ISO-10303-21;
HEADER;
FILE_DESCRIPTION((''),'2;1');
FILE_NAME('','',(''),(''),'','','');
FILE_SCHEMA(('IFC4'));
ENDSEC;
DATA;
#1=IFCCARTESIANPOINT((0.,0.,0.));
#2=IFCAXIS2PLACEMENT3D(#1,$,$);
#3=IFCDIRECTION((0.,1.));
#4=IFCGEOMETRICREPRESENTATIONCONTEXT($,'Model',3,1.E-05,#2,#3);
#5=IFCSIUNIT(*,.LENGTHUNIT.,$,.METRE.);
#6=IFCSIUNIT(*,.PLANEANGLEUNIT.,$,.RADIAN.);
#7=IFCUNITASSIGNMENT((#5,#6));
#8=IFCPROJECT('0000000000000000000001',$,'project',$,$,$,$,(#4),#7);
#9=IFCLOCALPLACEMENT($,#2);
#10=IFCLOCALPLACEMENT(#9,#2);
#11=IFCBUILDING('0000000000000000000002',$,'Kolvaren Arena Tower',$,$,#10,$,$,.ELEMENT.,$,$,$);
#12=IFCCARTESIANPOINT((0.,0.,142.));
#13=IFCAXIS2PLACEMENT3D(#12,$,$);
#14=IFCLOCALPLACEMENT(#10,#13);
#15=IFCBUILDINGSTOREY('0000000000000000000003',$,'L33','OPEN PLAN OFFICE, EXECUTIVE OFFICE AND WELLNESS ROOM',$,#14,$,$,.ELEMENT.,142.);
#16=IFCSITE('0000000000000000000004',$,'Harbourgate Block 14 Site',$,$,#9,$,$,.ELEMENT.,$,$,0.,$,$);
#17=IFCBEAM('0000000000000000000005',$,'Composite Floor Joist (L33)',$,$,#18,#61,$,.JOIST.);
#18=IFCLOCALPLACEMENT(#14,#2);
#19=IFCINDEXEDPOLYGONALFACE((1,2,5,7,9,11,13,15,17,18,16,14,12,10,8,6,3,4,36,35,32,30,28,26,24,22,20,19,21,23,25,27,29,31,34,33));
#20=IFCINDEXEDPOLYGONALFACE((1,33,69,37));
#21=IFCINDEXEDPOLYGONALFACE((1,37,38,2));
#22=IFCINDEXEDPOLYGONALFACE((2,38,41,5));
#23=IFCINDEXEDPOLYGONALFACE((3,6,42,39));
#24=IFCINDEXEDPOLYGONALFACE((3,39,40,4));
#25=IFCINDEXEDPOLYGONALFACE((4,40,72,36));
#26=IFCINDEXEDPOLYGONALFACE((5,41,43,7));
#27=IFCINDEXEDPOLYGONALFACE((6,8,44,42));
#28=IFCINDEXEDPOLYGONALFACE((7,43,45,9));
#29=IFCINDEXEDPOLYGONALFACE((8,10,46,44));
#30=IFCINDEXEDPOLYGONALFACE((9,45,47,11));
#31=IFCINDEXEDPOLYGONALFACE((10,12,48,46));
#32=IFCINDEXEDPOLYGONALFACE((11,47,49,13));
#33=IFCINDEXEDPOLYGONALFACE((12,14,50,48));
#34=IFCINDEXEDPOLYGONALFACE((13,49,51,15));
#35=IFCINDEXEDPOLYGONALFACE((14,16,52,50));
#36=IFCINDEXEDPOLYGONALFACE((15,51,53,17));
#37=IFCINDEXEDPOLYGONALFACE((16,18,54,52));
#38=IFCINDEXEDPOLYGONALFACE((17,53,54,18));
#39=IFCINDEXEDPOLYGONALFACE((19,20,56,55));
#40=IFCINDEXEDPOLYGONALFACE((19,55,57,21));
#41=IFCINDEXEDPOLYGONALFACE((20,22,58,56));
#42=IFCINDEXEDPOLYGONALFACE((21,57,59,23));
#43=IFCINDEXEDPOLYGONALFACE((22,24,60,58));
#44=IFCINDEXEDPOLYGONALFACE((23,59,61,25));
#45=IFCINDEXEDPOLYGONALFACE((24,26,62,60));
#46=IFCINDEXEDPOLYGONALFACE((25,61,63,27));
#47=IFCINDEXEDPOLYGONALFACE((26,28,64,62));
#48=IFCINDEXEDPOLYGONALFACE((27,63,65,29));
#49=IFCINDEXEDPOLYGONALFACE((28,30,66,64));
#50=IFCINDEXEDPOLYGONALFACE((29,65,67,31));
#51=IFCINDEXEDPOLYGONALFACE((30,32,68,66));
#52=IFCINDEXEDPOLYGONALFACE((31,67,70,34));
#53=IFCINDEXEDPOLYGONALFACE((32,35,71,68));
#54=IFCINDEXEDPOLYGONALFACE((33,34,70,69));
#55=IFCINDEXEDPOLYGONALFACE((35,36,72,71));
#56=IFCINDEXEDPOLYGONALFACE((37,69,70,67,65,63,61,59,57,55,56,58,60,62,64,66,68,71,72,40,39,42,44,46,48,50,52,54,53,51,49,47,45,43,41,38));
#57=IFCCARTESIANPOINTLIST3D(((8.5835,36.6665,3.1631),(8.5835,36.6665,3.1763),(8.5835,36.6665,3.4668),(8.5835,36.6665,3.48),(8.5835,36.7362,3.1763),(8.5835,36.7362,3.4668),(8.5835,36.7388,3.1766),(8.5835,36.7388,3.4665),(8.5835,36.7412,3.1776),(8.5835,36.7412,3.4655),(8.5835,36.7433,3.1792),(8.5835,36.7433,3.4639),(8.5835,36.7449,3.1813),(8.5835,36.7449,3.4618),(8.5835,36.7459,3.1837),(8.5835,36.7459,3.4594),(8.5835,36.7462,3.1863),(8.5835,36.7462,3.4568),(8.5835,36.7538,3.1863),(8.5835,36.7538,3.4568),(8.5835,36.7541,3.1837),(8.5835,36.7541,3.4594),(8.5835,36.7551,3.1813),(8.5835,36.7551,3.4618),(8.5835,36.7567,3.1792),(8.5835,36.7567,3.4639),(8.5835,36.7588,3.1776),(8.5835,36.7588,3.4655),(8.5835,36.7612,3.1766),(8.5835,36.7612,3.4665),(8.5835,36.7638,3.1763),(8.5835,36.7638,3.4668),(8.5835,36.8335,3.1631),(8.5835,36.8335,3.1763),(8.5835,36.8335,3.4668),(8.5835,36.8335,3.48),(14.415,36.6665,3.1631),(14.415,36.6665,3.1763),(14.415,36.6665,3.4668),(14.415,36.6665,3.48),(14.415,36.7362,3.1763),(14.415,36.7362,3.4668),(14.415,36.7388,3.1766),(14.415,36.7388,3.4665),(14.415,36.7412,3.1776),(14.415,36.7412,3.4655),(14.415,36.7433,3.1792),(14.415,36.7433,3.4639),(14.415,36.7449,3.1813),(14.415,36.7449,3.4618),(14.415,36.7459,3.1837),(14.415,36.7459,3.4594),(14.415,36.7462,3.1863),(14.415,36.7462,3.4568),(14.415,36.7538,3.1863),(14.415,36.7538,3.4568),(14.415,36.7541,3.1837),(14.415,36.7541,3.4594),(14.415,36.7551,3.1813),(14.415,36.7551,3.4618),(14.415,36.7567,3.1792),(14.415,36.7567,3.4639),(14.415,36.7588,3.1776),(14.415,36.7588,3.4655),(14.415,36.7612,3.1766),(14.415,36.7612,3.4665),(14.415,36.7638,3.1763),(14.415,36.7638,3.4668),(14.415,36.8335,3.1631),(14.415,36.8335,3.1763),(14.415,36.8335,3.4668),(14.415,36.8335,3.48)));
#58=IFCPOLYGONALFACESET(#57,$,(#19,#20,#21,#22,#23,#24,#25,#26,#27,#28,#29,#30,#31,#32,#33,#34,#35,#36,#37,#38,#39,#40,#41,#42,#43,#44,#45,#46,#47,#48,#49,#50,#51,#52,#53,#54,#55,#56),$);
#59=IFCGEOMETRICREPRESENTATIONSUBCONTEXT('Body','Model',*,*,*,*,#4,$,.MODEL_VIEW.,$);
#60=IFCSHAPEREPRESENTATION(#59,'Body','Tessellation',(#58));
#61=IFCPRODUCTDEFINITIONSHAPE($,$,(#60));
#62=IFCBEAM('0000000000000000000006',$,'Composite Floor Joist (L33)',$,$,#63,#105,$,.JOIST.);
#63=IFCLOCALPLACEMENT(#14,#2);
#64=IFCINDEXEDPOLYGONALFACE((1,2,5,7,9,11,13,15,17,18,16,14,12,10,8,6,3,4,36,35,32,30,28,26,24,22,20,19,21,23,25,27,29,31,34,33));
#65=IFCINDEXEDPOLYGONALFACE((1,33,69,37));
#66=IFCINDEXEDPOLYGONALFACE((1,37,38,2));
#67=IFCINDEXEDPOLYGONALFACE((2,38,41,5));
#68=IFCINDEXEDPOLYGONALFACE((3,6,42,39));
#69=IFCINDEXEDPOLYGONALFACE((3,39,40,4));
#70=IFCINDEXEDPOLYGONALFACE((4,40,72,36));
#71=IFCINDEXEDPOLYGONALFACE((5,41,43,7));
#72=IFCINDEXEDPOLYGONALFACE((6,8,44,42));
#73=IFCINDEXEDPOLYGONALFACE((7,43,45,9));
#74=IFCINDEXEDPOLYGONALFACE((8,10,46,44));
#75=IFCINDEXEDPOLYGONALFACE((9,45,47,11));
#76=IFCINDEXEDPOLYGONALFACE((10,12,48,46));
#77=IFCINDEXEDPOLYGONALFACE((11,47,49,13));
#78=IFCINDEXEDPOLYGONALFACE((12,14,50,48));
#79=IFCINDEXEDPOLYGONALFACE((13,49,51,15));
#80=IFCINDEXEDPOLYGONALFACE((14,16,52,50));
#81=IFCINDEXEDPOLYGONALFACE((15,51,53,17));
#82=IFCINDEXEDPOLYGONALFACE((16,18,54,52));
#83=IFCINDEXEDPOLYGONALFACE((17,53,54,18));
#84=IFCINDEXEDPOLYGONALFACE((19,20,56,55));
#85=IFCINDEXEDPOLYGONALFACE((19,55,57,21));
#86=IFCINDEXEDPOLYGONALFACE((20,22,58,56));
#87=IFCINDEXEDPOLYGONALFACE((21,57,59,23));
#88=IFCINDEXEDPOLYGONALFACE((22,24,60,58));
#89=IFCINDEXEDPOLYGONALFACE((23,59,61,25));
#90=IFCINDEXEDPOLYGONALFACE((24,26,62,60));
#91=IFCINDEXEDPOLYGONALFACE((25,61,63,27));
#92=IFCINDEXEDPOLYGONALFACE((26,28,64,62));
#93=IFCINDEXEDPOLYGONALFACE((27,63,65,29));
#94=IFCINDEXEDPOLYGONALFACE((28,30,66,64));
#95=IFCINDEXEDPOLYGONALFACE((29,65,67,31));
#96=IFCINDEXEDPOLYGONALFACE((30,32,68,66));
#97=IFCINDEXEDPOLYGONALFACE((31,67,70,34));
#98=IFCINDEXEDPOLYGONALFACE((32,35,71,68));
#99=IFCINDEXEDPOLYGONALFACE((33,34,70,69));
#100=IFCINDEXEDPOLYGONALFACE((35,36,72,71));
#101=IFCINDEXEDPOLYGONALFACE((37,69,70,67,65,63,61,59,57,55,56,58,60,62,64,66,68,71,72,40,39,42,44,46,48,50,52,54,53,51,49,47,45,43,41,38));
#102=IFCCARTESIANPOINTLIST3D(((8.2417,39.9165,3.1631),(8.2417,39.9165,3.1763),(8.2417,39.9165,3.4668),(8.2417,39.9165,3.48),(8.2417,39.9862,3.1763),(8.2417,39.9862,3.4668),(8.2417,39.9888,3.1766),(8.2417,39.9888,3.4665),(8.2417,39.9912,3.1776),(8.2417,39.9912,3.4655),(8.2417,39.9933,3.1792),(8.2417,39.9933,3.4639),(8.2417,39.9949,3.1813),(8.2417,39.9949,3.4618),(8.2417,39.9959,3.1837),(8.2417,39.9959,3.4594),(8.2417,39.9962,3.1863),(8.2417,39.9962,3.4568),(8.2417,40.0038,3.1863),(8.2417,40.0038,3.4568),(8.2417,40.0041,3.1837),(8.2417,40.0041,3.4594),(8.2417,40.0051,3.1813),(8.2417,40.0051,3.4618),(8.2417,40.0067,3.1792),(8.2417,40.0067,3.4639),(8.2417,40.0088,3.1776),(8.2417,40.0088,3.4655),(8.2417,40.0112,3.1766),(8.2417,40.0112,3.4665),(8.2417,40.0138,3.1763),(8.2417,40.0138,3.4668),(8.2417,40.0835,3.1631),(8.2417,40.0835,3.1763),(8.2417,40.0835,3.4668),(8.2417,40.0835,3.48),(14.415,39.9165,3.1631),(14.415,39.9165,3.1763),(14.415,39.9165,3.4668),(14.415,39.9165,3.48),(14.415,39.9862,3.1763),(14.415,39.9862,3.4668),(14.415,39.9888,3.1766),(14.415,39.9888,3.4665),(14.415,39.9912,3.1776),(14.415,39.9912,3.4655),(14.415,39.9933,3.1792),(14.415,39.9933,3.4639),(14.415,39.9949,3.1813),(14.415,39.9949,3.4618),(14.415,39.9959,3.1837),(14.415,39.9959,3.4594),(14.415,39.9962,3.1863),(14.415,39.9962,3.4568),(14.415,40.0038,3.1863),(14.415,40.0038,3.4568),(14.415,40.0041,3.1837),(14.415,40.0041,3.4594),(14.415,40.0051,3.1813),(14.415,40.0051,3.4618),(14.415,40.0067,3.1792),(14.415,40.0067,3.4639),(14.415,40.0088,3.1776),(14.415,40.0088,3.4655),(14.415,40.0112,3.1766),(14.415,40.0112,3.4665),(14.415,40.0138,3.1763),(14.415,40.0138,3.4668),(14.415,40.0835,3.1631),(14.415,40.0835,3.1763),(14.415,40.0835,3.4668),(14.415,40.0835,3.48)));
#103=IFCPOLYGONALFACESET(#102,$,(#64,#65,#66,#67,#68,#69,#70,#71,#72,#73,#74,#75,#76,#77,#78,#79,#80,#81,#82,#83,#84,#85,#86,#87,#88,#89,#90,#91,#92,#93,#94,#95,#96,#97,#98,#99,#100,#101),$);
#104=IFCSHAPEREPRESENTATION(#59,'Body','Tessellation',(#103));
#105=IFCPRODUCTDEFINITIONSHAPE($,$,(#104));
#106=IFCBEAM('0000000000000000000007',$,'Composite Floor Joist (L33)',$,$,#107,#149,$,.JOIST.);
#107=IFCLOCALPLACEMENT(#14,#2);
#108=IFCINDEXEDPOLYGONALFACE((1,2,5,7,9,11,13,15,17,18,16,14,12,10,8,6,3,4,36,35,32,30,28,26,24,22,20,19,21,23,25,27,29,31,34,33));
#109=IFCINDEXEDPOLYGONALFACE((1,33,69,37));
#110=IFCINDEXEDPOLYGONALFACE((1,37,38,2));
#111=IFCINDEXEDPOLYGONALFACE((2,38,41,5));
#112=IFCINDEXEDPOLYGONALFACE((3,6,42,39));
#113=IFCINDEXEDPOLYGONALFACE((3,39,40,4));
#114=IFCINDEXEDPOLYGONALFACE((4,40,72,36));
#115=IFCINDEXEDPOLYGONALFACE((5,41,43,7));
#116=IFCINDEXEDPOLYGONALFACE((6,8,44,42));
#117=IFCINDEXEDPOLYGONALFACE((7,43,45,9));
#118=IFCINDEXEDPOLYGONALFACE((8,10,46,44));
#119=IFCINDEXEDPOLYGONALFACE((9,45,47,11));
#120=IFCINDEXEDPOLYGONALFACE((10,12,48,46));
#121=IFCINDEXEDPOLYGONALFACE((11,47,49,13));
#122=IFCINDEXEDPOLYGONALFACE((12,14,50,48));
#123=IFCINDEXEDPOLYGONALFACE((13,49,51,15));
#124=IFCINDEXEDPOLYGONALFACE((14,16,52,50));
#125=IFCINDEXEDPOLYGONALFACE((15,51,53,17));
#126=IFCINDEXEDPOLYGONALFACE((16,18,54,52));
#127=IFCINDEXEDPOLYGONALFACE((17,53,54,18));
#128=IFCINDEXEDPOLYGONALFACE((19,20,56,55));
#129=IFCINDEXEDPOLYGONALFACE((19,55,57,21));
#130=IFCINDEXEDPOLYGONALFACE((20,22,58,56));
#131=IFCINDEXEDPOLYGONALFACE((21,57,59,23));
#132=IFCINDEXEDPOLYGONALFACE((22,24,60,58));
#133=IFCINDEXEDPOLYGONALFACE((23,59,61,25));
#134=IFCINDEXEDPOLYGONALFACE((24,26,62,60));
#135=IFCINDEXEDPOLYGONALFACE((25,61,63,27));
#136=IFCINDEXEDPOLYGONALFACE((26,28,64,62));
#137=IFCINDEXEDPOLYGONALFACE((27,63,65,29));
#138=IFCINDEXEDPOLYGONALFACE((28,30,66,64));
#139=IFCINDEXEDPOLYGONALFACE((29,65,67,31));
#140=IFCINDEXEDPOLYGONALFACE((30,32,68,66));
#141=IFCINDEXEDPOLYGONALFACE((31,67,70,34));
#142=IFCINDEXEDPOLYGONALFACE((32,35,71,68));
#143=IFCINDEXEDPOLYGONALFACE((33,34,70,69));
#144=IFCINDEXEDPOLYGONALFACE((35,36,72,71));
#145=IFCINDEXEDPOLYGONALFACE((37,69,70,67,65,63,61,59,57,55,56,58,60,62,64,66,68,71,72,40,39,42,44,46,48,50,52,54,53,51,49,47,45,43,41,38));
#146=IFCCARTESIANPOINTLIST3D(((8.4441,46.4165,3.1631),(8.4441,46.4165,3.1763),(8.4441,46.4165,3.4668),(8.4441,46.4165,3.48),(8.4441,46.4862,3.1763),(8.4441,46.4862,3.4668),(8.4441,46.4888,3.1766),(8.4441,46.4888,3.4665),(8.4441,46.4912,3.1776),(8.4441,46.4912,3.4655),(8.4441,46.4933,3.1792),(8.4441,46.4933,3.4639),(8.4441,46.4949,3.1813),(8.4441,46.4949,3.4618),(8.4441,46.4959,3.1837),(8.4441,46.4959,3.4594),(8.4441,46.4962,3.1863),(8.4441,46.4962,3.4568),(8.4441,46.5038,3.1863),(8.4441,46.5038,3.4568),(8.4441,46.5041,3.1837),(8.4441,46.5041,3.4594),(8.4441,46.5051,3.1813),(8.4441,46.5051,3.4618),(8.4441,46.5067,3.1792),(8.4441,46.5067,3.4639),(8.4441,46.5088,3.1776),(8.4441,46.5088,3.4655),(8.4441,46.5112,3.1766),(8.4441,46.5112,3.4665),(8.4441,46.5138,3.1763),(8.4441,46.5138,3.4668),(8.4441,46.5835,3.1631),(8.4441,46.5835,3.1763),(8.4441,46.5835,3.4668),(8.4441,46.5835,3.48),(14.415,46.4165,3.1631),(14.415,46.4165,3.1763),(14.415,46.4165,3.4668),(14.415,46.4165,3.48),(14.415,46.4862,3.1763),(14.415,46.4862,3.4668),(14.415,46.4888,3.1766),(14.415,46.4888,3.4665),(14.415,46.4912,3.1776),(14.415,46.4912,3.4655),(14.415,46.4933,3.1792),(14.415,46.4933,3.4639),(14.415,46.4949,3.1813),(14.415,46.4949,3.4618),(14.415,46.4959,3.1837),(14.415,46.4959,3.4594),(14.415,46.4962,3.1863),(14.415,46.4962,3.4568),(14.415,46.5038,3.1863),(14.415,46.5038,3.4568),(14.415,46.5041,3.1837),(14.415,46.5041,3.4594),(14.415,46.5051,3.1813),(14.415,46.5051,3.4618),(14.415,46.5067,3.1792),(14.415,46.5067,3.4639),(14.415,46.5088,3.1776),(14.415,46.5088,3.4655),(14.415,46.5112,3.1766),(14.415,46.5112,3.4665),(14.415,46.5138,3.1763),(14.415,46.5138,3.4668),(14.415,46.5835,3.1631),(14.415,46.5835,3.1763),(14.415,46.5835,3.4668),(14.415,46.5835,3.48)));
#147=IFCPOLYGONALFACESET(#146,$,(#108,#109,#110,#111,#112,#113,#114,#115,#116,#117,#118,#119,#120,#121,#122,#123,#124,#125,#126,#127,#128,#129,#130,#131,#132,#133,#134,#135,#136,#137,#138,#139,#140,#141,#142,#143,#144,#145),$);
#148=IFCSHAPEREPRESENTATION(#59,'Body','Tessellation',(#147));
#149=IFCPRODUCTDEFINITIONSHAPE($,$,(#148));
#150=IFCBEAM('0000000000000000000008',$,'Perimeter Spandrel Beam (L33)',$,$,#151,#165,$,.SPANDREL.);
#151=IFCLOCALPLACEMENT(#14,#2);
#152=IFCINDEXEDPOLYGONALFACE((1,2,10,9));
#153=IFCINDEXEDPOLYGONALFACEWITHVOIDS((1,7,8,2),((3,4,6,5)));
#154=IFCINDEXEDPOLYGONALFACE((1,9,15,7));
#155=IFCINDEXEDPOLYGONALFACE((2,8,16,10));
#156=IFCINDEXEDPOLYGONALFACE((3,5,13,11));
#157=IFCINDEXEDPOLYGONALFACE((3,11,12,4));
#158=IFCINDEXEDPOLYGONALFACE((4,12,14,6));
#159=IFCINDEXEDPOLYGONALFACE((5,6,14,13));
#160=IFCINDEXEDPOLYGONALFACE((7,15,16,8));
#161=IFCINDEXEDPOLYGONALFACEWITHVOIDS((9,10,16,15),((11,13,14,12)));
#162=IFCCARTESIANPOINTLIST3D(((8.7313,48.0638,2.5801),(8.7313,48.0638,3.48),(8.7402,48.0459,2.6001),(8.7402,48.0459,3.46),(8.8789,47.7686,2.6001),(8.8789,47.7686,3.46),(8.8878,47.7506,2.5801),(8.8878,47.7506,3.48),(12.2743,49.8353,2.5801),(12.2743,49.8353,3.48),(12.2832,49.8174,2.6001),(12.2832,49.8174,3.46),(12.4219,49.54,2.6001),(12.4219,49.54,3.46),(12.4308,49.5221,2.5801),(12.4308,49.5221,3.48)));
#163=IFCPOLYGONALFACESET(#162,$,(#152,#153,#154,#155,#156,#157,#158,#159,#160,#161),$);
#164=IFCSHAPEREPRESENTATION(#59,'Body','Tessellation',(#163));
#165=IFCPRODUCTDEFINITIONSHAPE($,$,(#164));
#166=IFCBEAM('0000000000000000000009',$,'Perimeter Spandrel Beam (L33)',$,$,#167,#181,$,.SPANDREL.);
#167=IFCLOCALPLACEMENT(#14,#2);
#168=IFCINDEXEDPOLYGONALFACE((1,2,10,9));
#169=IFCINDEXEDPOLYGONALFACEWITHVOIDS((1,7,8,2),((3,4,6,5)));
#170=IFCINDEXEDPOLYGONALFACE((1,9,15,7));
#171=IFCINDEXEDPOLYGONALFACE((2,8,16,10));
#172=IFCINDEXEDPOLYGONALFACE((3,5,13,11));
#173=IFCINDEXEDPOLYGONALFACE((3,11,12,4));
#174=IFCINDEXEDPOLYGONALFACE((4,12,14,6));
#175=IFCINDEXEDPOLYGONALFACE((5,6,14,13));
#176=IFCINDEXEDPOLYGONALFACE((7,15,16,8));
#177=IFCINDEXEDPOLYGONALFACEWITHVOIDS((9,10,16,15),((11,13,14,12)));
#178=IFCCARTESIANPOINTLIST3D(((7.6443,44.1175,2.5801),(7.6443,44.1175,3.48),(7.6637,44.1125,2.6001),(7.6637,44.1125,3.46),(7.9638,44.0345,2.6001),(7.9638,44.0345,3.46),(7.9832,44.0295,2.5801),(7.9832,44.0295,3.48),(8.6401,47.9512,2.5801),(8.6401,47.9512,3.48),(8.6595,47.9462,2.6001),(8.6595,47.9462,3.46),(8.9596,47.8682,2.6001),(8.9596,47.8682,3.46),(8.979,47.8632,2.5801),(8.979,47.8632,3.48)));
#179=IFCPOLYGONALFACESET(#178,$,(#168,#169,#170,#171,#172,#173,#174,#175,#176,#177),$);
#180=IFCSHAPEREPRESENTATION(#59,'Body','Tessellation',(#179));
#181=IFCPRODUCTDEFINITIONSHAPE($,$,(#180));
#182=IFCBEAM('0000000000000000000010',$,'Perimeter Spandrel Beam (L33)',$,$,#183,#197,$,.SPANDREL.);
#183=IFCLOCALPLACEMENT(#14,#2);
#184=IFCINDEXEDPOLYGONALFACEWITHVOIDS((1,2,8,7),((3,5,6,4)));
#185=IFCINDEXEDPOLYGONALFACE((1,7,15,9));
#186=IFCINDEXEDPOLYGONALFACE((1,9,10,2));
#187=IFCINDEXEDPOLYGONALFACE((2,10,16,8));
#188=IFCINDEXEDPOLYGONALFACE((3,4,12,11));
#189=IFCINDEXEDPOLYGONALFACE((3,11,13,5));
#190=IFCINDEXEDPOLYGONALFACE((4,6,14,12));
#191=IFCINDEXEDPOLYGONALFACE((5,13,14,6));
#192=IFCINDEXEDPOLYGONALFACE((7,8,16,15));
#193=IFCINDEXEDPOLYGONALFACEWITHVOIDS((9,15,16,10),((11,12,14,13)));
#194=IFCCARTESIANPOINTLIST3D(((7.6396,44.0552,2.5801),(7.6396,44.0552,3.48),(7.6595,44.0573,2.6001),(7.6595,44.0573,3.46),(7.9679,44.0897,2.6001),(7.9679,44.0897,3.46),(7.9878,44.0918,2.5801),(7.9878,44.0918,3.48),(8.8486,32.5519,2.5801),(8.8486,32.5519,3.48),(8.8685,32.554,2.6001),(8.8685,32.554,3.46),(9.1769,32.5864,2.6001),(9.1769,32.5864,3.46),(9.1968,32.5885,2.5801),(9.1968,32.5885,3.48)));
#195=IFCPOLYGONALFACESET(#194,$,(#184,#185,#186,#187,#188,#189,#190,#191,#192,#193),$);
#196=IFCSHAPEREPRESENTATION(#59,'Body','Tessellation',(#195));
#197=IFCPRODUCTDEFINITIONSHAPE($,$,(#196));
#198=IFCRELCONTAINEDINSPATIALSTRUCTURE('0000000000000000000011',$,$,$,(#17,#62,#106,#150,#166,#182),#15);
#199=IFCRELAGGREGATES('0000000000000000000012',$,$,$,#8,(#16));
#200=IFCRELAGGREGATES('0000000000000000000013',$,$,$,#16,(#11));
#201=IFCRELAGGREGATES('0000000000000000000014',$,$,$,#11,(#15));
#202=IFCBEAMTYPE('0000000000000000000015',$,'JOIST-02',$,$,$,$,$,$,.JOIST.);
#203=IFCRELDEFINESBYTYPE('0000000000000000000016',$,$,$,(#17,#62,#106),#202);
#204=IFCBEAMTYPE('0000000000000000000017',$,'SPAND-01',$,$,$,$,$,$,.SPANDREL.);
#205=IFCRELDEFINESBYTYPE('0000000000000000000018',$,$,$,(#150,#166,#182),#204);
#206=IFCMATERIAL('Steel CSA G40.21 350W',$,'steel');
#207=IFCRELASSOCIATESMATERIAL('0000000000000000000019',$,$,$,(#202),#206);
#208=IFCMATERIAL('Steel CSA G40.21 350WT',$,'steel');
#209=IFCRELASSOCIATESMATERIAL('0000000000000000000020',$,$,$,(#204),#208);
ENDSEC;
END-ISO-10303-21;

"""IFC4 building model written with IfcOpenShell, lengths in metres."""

from ifc_helpers import new_model, si_unit, direction, frame, origin, origin_2d, place, context, subcontext, project, spatial, hollow_rectangle, i_section, extrude, material, material_profile, profile_set, type_object, element, save


model = new_model("IFC4")

# Units and contexts
model_context = context("Model", 3, precision=1e-05, world=origin(), true_north=direction((0.0, 1.0)))
body_context = subcontext(model_context, "Body", "Model", "MODEL_VIEW")
ifc_project = project(units=[si_unit("LENGTHUNIT", "METRE"), si_unit("PLANEANGLEUNIT", "RADIAN")], contexts=[model_context])

# Site, building, storey
site_placement = place(None, origin())
site = spatial("IfcSite", under=ifc_project, at=site_placement, Name="Harbourgate Block 14 Site", CompositionType="ELEMENT", RefElevation=0.0)
building_placement = place(site_placement, origin())
building = spatial("IfcBuilding", under=site, at=building_placement, Name="Kolvaren Arena Tower", CompositionType="ELEMENT")
storey_placement = place(building_placement, frame((0.0, 0.0, 142.0)))
storey = spatial("IfcBuildingStorey", under=building, at=storey_placement, Name="L33", Description="OPEN PLAN OFFICE, EXECUTIVE OFFICE AND WELLNESS ROOM", CompositionType="ELEMENT", Elevation=142.0)

# Beams
ifc_material_1 = material(Name="Steel CSA G40.21 350W", Category="steel")
ifc_material_profile_1 = material_profile(ifc_material_1, i_section(OverallWidth=0.167, OverallDepth=0.3169, WebThickness=0.0076, FlangeThickness=0.0132, FilletRadius=0.01, at=origin_2d()), Name="W310x52")
ifc_profile_set_1 = profile_set([ifc_material_profile_1], Name="Steel CSA G40.21 350W")
beam_type_1 = type_object("IfcBeamType", Name="JOIST-02", PredefinedType="JOIST", material=ifc_profile_set_1)
beam_1_placement = place(storey_placement, frame((8.5835, 36.75, 3.3215), z_axis=(1.0, 0.0, 0.0), x_axis=(0.0, 1.0, 0.0)))
element("IfcBeam", 1, at=beam_1_placement, inside=storey, type_object=beam_type_1, Name="Composite Floor Joist (L33)", PredefinedType="JOIST", context=body_context, shape_type="SweptSolid", body=[
    extrude(i_section(OverallWidth=0.167, OverallDepth=0.3169, WebThickness=0.0076, FlangeThickness=0.0132, FilletRadius=0.01, at=origin_2d()), origin(), (0.0, 0.0, 1.0), 5.8315),
])
beam_2_placement = place(storey_placement, frame((8.2417, 40.0, 3.3215), z_axis=(1.0, 0.0, 0.0), x_axis=(0.0, 1.0, 0.0)))
element("IfcBeam", 2, at=beam_2_placement, inside=storey, type_object=beam_type_1, Name="Composite Floor Joist (L33)", PredefinedType="JOIST", context=body_context, shape_type="SweptSolid", body=[
    extrude(i_section(OverallWidth=0.167, OverallDepth=0.3169, WebThickness=0.0076, FlangeThickness=0.0132, FilletRadius=0.01, at=origin_2d()), origin(), (0.0, 0.0, 1.0), 6.1733),
])
beam_3_placement = place(storey_placement, frame((8.4441, 46.5, 3.3215), z_axis=(1.0, 0.0, 0.0), x_axis=(0.0, 1.0, 0.0)))
element("IfcBeam", 3, at=beam_3_placement, inside=storey, type_object=beam_type_1, Name="Composite Floor Joist (L33)", PredefinedType="JOIST", context=body_context, shape_type="SweptSolid", body=[
    extrude(i_section(OverallWidth=0.167, OverallDepth=0.3169, WebThickness=0.0076, FlangeThickness=0.0132, FilletRadius=0.01, at=origin_2d()), origin(), (0.0, 0.0, 1.0), 5.9709),
])
ifc_material_2 = material(Name="Steel CSA G40.21 350WT", Category="steel")
ifc_material_profile_2 = material_profile(ifc_material_2, hollow_rectangle(XDim=0.3501, YDim=0.8999, WallThickness=0.02, at=origin_2d()), Name="HSS 900x350x20")
ifc_profile_set_2 = profile_set([ifc_material_profile_2], Name="Steel CSA G40.21 350WT")
beam_type_2 = type_object("IfcBeamType", Name="SPAND-01", PredefinedType="SPANDREL", material=ifc_profile_set_2)
beam_4_placement = place(storey_placement, frame((12.3525, 49.6787, 3.03), z_axis=(-0.894427, -0.447214, 0.0), x_axis=(0.447214, -0.894427, 0.0)))
element("IfcBeam", 4, at=beam_4_placement, inside=storey, type_object=beam_type_2, Name="Perimeter Spandrel Beam (L33)", PredefinedType="SPANDREL", context=body_context, shape_type="SweptSolid", body=[
    extrude(hollow_rectangle(XDim=0.3501, YDim=0.8999, WallThickness=0.02, at=origin_2d()), origin(), (0.0, 0.0, 1.0), 3.9612),
])
beam_5_placement = place(storey_placement, frame((8.8096, 47.9072, 3.03), z_axis=(-0.251416, -0.967879, 0.0), x_axis=(0.967879, -0.251416, 0.0)))
element("IfcBeam", 5, at=beam_5_placement, inside=storey, type_object=beam_type_2, Name="Perimeter Spandrel Beam (L33)", PredefinedType="SPANDREL", context=body_context, shape_type="SweptSolid", body=[
    extrude(hollow_rectangle(XDim=0.3501, YDim=0.8999, WallThickness=0.02, at=origin_2d()), origin(), (0.0, 0.0, 1.0), 3.9609),
])
beam_6_placement = place(storey_placement, frame((7.8137, 44.0735, 3.03), z_axis=(0.104524, -0.994522, 0.0), x_axis=(0.994522, 0.104524, 0.0)))
element("IfcBeam", 6, at=beam_6_placement, inside=storey, type_object=beam_type_2, Name="Perimeter Spandrel Beam (L33)", PredefinedType="SPANDREL", context=body_context, shape_type="SweptSolid", body=[
    extrude(hollow_rectangle(XDim=0.3501, YDim=0.8999, WallThickness=0.02, at=origin_2d()), origin(), (0.0, 0.0, 1.0), 11.5667),
])

save(model, "model.ifc")
